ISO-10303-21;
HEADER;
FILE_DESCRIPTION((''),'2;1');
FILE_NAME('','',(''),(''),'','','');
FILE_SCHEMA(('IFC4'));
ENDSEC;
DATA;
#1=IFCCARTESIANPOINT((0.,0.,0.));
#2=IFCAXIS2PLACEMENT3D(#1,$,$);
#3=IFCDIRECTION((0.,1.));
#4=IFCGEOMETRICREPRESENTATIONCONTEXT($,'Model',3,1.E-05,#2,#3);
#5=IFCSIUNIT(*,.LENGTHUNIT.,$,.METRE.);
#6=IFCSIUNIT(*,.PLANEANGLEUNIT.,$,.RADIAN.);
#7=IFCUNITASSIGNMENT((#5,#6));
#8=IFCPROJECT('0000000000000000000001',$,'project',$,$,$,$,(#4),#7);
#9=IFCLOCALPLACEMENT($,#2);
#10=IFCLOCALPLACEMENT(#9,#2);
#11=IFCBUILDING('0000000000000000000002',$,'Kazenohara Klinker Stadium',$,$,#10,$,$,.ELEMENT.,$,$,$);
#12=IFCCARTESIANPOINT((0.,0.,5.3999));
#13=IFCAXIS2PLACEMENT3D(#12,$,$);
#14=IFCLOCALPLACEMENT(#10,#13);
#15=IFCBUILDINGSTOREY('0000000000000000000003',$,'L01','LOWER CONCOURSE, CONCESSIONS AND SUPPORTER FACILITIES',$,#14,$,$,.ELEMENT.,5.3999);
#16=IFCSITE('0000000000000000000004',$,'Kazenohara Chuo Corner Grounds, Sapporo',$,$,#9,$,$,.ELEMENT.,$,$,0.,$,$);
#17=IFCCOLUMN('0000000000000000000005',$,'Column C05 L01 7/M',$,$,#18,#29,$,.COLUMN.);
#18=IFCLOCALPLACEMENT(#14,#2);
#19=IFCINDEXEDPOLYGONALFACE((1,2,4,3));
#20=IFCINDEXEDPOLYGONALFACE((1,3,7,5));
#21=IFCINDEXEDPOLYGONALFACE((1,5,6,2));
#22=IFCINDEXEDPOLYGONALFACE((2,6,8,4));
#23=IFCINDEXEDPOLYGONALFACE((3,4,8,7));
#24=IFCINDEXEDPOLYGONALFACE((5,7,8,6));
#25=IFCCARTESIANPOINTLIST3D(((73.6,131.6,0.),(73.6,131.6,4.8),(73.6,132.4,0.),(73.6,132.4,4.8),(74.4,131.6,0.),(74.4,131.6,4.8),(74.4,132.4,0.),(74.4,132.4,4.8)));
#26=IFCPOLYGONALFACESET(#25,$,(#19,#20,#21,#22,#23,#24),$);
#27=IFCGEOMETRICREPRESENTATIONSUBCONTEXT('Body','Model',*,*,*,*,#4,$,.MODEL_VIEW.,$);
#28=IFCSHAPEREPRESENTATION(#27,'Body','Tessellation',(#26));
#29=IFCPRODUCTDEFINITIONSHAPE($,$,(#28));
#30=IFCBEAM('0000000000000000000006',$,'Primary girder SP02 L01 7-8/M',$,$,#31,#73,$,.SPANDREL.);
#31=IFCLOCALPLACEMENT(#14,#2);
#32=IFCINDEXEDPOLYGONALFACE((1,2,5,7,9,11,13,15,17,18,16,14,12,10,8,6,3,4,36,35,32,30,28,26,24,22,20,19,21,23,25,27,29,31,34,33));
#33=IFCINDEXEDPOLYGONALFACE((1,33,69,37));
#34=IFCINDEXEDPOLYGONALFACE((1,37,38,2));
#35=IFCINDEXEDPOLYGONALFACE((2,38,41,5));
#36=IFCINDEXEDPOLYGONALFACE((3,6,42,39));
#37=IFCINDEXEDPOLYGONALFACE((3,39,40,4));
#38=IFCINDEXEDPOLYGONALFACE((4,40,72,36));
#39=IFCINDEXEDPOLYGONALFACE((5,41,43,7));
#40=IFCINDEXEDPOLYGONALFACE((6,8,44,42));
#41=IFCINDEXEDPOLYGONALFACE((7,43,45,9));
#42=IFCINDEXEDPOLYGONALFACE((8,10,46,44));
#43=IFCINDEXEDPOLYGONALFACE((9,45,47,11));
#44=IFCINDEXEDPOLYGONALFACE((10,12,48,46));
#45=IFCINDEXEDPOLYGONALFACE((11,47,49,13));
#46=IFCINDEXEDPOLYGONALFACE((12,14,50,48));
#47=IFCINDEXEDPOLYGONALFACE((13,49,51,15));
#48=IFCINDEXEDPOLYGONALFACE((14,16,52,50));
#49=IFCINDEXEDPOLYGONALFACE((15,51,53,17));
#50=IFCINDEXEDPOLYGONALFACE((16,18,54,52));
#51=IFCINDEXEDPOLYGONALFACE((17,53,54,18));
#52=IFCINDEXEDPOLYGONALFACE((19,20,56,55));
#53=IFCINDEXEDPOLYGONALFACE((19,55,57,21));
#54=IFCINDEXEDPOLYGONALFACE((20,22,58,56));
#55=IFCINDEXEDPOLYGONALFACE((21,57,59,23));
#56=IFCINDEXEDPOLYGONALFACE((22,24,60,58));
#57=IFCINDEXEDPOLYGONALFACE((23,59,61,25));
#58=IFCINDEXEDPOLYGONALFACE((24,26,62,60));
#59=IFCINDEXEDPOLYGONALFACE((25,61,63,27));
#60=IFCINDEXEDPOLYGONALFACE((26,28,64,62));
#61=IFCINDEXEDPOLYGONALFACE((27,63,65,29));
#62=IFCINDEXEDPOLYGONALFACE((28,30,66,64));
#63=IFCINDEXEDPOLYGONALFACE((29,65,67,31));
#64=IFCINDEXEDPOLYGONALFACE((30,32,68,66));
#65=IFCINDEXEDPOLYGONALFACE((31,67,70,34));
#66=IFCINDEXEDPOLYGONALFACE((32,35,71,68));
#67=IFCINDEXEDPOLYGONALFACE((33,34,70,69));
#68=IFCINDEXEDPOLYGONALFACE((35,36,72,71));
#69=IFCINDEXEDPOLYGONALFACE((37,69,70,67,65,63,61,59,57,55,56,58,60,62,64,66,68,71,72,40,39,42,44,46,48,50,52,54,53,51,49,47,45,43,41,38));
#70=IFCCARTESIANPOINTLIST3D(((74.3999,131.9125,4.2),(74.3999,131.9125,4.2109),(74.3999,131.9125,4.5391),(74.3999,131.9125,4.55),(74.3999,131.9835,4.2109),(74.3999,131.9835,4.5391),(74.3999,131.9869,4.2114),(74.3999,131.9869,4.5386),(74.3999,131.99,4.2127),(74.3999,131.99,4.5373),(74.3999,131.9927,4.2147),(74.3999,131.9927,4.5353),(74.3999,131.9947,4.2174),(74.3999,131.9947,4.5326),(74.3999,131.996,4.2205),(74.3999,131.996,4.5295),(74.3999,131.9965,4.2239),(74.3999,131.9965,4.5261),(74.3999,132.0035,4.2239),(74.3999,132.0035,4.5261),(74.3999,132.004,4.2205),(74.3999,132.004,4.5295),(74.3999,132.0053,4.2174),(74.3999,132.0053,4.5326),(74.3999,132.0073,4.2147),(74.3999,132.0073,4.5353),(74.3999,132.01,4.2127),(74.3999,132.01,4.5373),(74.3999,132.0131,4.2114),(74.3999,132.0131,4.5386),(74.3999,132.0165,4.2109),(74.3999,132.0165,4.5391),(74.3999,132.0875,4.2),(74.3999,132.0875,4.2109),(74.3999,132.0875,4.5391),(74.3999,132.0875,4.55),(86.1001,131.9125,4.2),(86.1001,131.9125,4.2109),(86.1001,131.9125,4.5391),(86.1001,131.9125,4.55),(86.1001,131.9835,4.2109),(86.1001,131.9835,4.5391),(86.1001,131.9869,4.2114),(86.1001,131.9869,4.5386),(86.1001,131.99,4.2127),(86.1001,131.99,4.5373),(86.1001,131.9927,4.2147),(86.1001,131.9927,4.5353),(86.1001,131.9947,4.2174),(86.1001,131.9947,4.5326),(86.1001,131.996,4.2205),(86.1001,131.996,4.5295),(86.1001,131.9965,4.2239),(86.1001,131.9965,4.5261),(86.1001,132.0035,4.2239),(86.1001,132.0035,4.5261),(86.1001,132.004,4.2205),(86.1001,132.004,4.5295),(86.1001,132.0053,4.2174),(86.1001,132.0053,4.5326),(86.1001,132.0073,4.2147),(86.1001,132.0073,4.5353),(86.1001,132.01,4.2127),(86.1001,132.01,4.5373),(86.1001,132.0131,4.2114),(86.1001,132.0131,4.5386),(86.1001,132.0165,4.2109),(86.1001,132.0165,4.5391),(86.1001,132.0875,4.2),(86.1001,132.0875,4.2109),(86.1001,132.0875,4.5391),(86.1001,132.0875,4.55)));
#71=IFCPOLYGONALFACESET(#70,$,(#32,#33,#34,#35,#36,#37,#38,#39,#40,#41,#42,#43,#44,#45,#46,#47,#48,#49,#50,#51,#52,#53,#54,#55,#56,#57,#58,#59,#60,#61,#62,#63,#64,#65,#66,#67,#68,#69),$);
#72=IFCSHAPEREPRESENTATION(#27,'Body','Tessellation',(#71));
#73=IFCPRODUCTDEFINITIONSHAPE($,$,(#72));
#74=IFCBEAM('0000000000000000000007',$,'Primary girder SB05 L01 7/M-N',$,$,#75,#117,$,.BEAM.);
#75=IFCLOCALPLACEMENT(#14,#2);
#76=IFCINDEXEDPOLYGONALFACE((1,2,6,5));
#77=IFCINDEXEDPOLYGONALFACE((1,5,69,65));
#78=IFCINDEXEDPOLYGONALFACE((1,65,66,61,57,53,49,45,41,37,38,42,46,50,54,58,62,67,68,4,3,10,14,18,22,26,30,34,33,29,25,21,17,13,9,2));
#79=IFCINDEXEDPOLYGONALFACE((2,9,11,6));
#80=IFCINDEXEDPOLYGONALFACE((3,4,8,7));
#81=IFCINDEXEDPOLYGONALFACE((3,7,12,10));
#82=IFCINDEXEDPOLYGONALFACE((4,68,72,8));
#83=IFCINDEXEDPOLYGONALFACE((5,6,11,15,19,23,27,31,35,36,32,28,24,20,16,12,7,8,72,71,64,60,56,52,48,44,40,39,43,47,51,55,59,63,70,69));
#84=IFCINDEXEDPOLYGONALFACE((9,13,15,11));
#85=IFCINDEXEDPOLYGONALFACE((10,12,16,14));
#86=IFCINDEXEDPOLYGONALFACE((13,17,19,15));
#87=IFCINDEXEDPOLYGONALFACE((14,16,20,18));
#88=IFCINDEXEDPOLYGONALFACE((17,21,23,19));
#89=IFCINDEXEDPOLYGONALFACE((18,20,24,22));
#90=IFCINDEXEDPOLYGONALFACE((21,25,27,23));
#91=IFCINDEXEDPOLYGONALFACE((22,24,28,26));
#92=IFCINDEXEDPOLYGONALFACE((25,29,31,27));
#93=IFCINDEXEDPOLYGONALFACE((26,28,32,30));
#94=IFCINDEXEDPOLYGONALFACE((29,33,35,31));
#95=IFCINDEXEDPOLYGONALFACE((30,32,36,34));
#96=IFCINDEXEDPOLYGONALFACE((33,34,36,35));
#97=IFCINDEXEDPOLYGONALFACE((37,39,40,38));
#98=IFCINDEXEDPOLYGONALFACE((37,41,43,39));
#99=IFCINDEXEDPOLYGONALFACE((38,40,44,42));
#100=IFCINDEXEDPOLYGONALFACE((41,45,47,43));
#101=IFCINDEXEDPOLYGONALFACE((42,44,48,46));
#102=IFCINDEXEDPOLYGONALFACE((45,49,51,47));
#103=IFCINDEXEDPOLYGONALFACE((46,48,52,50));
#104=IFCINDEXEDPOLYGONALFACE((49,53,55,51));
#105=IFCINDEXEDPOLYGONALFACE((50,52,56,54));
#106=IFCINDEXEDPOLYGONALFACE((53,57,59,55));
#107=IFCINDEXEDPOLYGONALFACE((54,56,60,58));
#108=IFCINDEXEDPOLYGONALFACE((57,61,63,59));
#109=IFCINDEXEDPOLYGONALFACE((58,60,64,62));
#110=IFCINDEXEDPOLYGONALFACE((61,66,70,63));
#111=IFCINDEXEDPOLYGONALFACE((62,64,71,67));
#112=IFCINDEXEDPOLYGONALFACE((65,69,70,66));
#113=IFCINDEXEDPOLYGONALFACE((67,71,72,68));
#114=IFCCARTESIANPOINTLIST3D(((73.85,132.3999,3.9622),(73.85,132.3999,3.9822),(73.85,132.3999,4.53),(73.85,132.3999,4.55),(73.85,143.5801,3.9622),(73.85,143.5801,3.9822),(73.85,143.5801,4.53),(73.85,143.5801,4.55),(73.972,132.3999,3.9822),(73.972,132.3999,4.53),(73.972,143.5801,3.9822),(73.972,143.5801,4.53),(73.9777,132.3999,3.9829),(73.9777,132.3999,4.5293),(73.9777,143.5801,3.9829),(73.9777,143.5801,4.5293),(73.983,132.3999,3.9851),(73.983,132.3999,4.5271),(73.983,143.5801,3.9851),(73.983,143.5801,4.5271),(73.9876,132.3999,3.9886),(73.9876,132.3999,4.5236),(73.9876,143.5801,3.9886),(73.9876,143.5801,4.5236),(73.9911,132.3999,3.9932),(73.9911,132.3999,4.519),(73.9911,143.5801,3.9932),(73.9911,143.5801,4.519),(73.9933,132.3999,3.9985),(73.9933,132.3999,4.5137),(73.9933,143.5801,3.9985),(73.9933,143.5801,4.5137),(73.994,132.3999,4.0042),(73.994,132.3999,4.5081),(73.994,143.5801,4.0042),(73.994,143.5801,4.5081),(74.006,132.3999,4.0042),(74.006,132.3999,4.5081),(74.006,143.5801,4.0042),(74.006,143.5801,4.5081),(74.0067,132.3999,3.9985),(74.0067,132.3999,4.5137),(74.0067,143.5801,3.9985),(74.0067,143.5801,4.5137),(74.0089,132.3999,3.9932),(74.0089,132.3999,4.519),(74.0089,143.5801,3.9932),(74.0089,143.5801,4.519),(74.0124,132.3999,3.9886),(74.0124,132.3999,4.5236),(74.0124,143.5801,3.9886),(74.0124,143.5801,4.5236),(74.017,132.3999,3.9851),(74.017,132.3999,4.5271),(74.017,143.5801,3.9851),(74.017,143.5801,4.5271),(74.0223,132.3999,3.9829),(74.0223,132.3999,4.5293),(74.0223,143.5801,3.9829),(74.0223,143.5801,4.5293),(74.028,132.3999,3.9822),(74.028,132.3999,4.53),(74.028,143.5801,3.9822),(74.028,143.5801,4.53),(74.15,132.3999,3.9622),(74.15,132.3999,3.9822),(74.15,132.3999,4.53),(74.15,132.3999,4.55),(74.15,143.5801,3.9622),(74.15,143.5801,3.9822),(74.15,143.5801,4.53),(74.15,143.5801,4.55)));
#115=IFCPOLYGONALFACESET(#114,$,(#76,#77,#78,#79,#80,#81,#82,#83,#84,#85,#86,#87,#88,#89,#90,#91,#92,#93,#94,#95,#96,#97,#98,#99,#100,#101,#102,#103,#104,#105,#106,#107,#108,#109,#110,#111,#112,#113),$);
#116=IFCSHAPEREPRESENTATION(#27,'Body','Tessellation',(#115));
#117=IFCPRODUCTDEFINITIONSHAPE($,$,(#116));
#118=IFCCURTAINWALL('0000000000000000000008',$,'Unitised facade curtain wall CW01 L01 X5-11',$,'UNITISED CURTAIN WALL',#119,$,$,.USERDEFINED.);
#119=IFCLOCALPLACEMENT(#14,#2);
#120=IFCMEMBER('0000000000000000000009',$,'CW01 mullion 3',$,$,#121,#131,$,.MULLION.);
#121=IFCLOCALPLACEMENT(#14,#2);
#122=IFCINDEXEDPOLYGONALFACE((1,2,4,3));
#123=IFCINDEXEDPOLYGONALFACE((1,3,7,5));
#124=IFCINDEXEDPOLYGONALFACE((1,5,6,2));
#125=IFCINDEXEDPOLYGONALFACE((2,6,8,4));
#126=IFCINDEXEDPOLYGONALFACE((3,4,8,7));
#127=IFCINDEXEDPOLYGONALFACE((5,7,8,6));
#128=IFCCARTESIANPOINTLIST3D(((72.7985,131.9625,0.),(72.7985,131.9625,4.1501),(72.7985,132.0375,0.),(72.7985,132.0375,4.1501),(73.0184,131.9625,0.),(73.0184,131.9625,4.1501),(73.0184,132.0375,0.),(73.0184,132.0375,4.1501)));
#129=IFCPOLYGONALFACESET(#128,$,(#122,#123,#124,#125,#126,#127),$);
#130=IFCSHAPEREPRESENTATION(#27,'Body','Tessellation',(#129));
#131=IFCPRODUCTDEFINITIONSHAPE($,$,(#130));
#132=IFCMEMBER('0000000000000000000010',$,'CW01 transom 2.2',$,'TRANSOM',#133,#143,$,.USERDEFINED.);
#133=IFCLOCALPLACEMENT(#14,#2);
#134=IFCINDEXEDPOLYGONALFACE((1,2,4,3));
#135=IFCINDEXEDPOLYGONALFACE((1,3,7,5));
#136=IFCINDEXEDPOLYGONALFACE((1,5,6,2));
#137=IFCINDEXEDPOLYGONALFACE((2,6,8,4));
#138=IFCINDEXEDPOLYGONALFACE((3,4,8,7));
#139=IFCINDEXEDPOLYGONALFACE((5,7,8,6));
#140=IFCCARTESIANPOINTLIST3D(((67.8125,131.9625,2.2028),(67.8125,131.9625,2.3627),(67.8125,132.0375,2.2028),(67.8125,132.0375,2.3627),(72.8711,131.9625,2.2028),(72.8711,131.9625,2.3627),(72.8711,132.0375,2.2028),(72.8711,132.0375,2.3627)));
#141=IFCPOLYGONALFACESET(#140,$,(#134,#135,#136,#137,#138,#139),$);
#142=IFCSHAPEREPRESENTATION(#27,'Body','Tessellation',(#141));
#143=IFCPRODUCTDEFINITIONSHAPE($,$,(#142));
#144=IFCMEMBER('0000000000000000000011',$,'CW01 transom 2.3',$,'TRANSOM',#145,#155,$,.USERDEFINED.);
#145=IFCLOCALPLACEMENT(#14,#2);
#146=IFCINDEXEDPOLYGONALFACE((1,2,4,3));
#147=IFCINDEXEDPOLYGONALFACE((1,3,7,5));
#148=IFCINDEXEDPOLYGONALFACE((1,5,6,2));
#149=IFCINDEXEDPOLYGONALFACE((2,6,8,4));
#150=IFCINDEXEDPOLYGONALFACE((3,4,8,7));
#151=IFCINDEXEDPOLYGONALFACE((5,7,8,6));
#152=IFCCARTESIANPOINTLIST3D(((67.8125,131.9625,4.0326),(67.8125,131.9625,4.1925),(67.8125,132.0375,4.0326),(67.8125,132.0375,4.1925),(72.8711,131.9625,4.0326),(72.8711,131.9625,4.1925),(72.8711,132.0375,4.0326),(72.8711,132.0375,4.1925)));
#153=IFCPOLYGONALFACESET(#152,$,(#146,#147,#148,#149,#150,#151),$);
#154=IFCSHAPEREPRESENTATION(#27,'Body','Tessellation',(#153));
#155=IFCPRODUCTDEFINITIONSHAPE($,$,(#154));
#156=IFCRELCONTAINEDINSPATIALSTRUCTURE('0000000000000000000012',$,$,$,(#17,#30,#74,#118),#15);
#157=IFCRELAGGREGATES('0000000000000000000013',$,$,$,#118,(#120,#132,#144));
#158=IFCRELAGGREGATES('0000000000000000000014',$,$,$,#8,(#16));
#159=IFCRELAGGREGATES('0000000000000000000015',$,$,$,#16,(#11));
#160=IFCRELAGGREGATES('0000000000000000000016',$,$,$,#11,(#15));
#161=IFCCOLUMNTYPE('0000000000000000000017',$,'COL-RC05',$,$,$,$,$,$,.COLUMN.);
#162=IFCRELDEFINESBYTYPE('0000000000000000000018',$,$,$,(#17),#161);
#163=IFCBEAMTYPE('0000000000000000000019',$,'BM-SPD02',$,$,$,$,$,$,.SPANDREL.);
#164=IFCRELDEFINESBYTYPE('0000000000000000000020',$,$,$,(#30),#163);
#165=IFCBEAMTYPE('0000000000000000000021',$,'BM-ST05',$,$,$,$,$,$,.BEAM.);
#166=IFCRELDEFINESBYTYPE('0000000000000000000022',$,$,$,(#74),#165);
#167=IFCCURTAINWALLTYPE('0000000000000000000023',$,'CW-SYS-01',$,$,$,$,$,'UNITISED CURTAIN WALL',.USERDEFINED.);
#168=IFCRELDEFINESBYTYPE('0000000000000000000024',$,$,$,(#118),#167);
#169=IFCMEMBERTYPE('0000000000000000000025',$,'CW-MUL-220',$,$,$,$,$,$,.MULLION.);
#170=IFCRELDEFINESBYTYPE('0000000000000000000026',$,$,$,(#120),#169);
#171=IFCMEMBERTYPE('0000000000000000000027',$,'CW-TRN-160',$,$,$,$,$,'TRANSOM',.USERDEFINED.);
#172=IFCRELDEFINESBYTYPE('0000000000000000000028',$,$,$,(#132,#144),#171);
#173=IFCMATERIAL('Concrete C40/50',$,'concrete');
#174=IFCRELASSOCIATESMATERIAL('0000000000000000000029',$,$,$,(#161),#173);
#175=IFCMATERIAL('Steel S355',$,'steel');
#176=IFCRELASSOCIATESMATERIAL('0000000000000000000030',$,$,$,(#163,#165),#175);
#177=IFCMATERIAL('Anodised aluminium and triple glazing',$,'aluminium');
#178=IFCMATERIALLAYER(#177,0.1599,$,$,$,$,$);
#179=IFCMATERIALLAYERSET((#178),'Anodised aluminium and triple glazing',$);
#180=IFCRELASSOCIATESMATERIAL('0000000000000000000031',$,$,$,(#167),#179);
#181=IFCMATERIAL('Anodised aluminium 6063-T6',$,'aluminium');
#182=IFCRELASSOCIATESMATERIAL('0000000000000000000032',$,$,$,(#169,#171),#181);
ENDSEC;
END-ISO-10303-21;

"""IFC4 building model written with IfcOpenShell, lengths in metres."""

from ifc_helpers import new_model, si_unit, direction, frame, origin, origin_2d, place, context, subcontext, project, spatial, rectangle, i_section, extrude, material, layer, layer_set, material_profile, profile_set, type_object, element, aggregate, save


model = new_model("IFC4")

# Units and contexts
model_context = context("Model", 3, precision=1e-05, world=origin(), true_north=direction((0.0, 1.0)))
body_context = subcontext(model_context, "Body", "Model", "MODEL_VIEW")
ifc_project = project(units=[si_unit("LENGTHUNIT", "METRE"), si_unit("PLANEANGLEUNIT", "RADIAN")], contexts=[model_context])

# Site, building, storey
site_placement = place(None, origin())
site = spatial("IfcSite", under=ifc_project, at=site_placement, Name="Kazenohara Chuo Corner Grounds, Sapporo", CompositionType="ELEMENT", RefElevation=0.0)
building_placement = place(site_placement, origin())
building = spatial("IfcBuilding", under=site, at=building_placement, Name="Kazenohara Klinker Stadium", CompositionType="ELEMENT")
storey_placement = place(building_placement, frame((0.0, 0.0, 5.3999)))
storey = spatial("IfcBuildingStorey", under=building, at=storey_placement, Name="L01", Description="LOWER CONCOURSE, CONCESSIONS AND SUPPORTER FACILITIES", CompositionType="ELEMENT", Elevation=5.3999)

# Column
ifc_material_1 = material(Name="Concrete C40/50", Category="concrete")
ifc_material_profile_1 = material_profile(ifc_material_1, rectangle(XDim=0.8, YDim=0.8, at=origin_2d()), Name="RC-COL-800x800")
ifc_profile_set_1 = profile_set([ifc_material_profile_1], Name="Concrete C40/50")
column_type = type_object("IfcColumnType", Name="COL-RC05", PredefinedType="COLUMN", material=ifc_profile_set_1)
column_placement = place(storey_placement, frame((74.0, 132.0, 0.0), z_axis=(0.0, 0.0, 1.0), x_axis=(1.0, 0.0, 0.0)))
element("IfcColumn", 1, at=column_placement, inside=storey, type_object=column_type, Name="Column C05 L01 7/M", PredefinedType="COLUMN", context=body_context, shape_type="SweptSolid", body=[
    extrude(rectangle(XDim=0.8, YDim=0.8, at=origin_2d()), origin(), (0.0, 0.0, 1.0), 4.8),
])

# Beams
ifc_material_2 = material(Name="Steel S355", Category="steel")
ifc_material_profile_2 = material_profile(ifc_material_2, i_section(OverallWidth=0.175, OverallDepth=0.3501, WebThickness=0.0071, FlangeThickness=0.011, FilletRadius=0.0129, at=origin_2d()), Name="H-350x175x7x11")
ifc_profile_set_2 = profile_set([ifc_material_profile_2], Name="Steel S355")
beam_type_1 = type_object("IfcBeamType", Name="BM-SPD02", PredefinedType="SPANDREL", material=ifc_profile_set_2)
beam_1_placement = place(storey_placement, frame((74.3999, 132.0, 4.375), z_axis=(1.0, 0.0, 0.0), x_axis=(0.0, 1.0, 0.0)))
element("IfcBeam", 2, at=beam_1_placement, inside=storey, type_object=beam_type_1, Name="Primary girder SP02 L01 7-8/M", PredefinedType="SPANDREL", context=body_context, shape_type="SweptSolid", body=[
    extrude(i_section(OverallWidth=0.175, OverallDepth=0.3501, WebThickness=0.0071, FlangeThickness=0.011, FilletRadius=0.0129, at=origin_2d()), origin(), (0.0, 0.0, 1.0), 11.7002),
])
ifc_material_profile_3 = material_profile(ifc_material_2, i_section(OverallWidth=0.3, OverallDepth=0.5879, WebThickness=0.012, FlangeThickness=0.02, FilletRadius=0.022, at=origin_2d()), Name="H-588x300x12x20")
ifc_profile_set_3 = profile_set([ifc_material_profile_3], Name="Steel S355")
beam_type_2 = type_object("IfcBeamType", Name="BM-ST05", PredefinedType="BEAM", material=ifc_profile_set_3)
beam_2_placement = place(storey_placement, frame((74.0, 132.3999, 4.2561), z_axis=(0.0, 1.0, 0.0), x_axis=(-1.0, 0.0, 0.0)))
element("IfcBeam", 3, at=beam_2_placement, inside=storey, type_object=beam_type_2, Name="Primary girder SB05 L01 7/M-N", PredefinedType="BEAM", context=body_context, shape_type="SweptSolid", body=[
    extrude(i_section(OverallWidth=0.3, OverallDepth=0.5879, WebThickness=0.012, FlangeThickness=0.02, FilletRadius=0.022, at=origin_2d()), origin(), (0.0, 0.0, 1.0), 11.1802),
])

# Curtain wall, members
ifc_material_3 = material(Name="Anodised aluminium and triple glazing", Category="aluminium")
ifc_layer_1 = layer(ifc_material_3, 0.1599)
ifc_layer_set_1 = layer_set([ifc_layer_1], Name="Anodised aluminium and triple glazing")
curtain_wall_type = type_object("IfcCurtainWallType", Name="CW-SYS-01", ElementType="UNITISED CURTAIN WALL", PredefinedType="USERDEFINED", material=ifc_layer_set_1)
curtain_wall_placement = place(storey_placement, origin())
curtain_wall = element("IfcCurtainWall", 4, at=curtain_wall_placement, inside=storey, type_object=curtain_wall_type, Name="Unitised facade curtain wall CW01 L01 X5-11", ObjectType="UNITISED CURTAIN WALL", PredefinedType="USERDEFINED")
ifc_material_4 = material(Name="Anodised aluminium 6063-T6", Category="aluminium")
ifc_material_profile_4 = material_profile(ifc_material_4, rectangle(XDim=0.075, YDim=0.22, at=origin_2d()), Name="ALU-MUL-75x220")
ifc_profile_set_4 = profile_set([ifc_material_profile_4], Name="Anodised aluminium 6063-T6")
member_type_1 = type_object("IfcMemberType", Name="CW-MUL-220", PredefinedType="MULLION", material=ifc_profile_set_4)
member_1_placement = place(storey_placement, frame((72.9084, 132.0, 0.0), z_axis=(0.0, 0.0, 1.0), x_axis=(0.0, 1.0, 0.0)))
member_1 = element("IfcMember", 5, at=member_1_placement, type_object=member_type_1, Name="CW01 mullion 3", PredefinedType="MULLION", context=body_context, shape_type="SweptSolid", body=[
    extrude(rectangle(XDim=0.075, YDim=0.22, at=origin_2d()), origin(), (0.0, 0.0, 1.0), 4.1501),
])
ifc_material_profile_5 = material_profile(ifc_material_4, rectangle(XDim=0.075, YDim=0.1599, at=origin_2d()), Name="ALU-TRN-75x160")
ifc_profile_set_5 = profile_set([ifc_material_profile_5], Name="Anodised aluminium 6063-T6")
member_type_2 = type_object("IfcMemberType", Name="CW-TRN-160", ElementType="TRANSOM", PredefinedType="USERDEFINED", material=ifc_profile_set_5)
member_2_placement = place(storey_placement, frame((67.8125, 132.0, 2.2827), z_axis=(1.0, 0.0, 0.0), x_axis=(0.0, 1.0, 0.0)))
member_2 = element("IfcMember", 6, at=member_2_placement, type_object=member_type_2, Name="CW01 transom 2.2", ObjectType="TRANSOM", PredefinedType="USERDEFINED", context=body_context, shape_type="SweptSolid", body=[
    extrude(rectangle(XDim=0.075, YDim=0.1599, at=origin_2d()), origin(), (0.0, 0.0, 1.0), 5.0586),
])
member_3_placement = place(storey_placement, frame((67.8125, 132.0, 4.1125), z_axis=(1.0, 0.0, 0.0), x_axis=(0.0, 1.0, 0.0)))
member_3 = element("IfcMember", 7, at=member_3_placement, type_object=member_type_2, Name="CW01 transom 2.3", ObjectType="TRANSOM", PredefinedType="USERDEFINED", context=body_context, shape_type="SweptSolid", body=[
    extrude(rectangle(XDim=0.075, YDim=0.1599, at=origin_2d()), origin(), (0.0, 0.0, 1.0), 5.0586),
])

aggregate(curtain_wall, [member_1, member_2, member_3])

save(model, "model.ifc")
